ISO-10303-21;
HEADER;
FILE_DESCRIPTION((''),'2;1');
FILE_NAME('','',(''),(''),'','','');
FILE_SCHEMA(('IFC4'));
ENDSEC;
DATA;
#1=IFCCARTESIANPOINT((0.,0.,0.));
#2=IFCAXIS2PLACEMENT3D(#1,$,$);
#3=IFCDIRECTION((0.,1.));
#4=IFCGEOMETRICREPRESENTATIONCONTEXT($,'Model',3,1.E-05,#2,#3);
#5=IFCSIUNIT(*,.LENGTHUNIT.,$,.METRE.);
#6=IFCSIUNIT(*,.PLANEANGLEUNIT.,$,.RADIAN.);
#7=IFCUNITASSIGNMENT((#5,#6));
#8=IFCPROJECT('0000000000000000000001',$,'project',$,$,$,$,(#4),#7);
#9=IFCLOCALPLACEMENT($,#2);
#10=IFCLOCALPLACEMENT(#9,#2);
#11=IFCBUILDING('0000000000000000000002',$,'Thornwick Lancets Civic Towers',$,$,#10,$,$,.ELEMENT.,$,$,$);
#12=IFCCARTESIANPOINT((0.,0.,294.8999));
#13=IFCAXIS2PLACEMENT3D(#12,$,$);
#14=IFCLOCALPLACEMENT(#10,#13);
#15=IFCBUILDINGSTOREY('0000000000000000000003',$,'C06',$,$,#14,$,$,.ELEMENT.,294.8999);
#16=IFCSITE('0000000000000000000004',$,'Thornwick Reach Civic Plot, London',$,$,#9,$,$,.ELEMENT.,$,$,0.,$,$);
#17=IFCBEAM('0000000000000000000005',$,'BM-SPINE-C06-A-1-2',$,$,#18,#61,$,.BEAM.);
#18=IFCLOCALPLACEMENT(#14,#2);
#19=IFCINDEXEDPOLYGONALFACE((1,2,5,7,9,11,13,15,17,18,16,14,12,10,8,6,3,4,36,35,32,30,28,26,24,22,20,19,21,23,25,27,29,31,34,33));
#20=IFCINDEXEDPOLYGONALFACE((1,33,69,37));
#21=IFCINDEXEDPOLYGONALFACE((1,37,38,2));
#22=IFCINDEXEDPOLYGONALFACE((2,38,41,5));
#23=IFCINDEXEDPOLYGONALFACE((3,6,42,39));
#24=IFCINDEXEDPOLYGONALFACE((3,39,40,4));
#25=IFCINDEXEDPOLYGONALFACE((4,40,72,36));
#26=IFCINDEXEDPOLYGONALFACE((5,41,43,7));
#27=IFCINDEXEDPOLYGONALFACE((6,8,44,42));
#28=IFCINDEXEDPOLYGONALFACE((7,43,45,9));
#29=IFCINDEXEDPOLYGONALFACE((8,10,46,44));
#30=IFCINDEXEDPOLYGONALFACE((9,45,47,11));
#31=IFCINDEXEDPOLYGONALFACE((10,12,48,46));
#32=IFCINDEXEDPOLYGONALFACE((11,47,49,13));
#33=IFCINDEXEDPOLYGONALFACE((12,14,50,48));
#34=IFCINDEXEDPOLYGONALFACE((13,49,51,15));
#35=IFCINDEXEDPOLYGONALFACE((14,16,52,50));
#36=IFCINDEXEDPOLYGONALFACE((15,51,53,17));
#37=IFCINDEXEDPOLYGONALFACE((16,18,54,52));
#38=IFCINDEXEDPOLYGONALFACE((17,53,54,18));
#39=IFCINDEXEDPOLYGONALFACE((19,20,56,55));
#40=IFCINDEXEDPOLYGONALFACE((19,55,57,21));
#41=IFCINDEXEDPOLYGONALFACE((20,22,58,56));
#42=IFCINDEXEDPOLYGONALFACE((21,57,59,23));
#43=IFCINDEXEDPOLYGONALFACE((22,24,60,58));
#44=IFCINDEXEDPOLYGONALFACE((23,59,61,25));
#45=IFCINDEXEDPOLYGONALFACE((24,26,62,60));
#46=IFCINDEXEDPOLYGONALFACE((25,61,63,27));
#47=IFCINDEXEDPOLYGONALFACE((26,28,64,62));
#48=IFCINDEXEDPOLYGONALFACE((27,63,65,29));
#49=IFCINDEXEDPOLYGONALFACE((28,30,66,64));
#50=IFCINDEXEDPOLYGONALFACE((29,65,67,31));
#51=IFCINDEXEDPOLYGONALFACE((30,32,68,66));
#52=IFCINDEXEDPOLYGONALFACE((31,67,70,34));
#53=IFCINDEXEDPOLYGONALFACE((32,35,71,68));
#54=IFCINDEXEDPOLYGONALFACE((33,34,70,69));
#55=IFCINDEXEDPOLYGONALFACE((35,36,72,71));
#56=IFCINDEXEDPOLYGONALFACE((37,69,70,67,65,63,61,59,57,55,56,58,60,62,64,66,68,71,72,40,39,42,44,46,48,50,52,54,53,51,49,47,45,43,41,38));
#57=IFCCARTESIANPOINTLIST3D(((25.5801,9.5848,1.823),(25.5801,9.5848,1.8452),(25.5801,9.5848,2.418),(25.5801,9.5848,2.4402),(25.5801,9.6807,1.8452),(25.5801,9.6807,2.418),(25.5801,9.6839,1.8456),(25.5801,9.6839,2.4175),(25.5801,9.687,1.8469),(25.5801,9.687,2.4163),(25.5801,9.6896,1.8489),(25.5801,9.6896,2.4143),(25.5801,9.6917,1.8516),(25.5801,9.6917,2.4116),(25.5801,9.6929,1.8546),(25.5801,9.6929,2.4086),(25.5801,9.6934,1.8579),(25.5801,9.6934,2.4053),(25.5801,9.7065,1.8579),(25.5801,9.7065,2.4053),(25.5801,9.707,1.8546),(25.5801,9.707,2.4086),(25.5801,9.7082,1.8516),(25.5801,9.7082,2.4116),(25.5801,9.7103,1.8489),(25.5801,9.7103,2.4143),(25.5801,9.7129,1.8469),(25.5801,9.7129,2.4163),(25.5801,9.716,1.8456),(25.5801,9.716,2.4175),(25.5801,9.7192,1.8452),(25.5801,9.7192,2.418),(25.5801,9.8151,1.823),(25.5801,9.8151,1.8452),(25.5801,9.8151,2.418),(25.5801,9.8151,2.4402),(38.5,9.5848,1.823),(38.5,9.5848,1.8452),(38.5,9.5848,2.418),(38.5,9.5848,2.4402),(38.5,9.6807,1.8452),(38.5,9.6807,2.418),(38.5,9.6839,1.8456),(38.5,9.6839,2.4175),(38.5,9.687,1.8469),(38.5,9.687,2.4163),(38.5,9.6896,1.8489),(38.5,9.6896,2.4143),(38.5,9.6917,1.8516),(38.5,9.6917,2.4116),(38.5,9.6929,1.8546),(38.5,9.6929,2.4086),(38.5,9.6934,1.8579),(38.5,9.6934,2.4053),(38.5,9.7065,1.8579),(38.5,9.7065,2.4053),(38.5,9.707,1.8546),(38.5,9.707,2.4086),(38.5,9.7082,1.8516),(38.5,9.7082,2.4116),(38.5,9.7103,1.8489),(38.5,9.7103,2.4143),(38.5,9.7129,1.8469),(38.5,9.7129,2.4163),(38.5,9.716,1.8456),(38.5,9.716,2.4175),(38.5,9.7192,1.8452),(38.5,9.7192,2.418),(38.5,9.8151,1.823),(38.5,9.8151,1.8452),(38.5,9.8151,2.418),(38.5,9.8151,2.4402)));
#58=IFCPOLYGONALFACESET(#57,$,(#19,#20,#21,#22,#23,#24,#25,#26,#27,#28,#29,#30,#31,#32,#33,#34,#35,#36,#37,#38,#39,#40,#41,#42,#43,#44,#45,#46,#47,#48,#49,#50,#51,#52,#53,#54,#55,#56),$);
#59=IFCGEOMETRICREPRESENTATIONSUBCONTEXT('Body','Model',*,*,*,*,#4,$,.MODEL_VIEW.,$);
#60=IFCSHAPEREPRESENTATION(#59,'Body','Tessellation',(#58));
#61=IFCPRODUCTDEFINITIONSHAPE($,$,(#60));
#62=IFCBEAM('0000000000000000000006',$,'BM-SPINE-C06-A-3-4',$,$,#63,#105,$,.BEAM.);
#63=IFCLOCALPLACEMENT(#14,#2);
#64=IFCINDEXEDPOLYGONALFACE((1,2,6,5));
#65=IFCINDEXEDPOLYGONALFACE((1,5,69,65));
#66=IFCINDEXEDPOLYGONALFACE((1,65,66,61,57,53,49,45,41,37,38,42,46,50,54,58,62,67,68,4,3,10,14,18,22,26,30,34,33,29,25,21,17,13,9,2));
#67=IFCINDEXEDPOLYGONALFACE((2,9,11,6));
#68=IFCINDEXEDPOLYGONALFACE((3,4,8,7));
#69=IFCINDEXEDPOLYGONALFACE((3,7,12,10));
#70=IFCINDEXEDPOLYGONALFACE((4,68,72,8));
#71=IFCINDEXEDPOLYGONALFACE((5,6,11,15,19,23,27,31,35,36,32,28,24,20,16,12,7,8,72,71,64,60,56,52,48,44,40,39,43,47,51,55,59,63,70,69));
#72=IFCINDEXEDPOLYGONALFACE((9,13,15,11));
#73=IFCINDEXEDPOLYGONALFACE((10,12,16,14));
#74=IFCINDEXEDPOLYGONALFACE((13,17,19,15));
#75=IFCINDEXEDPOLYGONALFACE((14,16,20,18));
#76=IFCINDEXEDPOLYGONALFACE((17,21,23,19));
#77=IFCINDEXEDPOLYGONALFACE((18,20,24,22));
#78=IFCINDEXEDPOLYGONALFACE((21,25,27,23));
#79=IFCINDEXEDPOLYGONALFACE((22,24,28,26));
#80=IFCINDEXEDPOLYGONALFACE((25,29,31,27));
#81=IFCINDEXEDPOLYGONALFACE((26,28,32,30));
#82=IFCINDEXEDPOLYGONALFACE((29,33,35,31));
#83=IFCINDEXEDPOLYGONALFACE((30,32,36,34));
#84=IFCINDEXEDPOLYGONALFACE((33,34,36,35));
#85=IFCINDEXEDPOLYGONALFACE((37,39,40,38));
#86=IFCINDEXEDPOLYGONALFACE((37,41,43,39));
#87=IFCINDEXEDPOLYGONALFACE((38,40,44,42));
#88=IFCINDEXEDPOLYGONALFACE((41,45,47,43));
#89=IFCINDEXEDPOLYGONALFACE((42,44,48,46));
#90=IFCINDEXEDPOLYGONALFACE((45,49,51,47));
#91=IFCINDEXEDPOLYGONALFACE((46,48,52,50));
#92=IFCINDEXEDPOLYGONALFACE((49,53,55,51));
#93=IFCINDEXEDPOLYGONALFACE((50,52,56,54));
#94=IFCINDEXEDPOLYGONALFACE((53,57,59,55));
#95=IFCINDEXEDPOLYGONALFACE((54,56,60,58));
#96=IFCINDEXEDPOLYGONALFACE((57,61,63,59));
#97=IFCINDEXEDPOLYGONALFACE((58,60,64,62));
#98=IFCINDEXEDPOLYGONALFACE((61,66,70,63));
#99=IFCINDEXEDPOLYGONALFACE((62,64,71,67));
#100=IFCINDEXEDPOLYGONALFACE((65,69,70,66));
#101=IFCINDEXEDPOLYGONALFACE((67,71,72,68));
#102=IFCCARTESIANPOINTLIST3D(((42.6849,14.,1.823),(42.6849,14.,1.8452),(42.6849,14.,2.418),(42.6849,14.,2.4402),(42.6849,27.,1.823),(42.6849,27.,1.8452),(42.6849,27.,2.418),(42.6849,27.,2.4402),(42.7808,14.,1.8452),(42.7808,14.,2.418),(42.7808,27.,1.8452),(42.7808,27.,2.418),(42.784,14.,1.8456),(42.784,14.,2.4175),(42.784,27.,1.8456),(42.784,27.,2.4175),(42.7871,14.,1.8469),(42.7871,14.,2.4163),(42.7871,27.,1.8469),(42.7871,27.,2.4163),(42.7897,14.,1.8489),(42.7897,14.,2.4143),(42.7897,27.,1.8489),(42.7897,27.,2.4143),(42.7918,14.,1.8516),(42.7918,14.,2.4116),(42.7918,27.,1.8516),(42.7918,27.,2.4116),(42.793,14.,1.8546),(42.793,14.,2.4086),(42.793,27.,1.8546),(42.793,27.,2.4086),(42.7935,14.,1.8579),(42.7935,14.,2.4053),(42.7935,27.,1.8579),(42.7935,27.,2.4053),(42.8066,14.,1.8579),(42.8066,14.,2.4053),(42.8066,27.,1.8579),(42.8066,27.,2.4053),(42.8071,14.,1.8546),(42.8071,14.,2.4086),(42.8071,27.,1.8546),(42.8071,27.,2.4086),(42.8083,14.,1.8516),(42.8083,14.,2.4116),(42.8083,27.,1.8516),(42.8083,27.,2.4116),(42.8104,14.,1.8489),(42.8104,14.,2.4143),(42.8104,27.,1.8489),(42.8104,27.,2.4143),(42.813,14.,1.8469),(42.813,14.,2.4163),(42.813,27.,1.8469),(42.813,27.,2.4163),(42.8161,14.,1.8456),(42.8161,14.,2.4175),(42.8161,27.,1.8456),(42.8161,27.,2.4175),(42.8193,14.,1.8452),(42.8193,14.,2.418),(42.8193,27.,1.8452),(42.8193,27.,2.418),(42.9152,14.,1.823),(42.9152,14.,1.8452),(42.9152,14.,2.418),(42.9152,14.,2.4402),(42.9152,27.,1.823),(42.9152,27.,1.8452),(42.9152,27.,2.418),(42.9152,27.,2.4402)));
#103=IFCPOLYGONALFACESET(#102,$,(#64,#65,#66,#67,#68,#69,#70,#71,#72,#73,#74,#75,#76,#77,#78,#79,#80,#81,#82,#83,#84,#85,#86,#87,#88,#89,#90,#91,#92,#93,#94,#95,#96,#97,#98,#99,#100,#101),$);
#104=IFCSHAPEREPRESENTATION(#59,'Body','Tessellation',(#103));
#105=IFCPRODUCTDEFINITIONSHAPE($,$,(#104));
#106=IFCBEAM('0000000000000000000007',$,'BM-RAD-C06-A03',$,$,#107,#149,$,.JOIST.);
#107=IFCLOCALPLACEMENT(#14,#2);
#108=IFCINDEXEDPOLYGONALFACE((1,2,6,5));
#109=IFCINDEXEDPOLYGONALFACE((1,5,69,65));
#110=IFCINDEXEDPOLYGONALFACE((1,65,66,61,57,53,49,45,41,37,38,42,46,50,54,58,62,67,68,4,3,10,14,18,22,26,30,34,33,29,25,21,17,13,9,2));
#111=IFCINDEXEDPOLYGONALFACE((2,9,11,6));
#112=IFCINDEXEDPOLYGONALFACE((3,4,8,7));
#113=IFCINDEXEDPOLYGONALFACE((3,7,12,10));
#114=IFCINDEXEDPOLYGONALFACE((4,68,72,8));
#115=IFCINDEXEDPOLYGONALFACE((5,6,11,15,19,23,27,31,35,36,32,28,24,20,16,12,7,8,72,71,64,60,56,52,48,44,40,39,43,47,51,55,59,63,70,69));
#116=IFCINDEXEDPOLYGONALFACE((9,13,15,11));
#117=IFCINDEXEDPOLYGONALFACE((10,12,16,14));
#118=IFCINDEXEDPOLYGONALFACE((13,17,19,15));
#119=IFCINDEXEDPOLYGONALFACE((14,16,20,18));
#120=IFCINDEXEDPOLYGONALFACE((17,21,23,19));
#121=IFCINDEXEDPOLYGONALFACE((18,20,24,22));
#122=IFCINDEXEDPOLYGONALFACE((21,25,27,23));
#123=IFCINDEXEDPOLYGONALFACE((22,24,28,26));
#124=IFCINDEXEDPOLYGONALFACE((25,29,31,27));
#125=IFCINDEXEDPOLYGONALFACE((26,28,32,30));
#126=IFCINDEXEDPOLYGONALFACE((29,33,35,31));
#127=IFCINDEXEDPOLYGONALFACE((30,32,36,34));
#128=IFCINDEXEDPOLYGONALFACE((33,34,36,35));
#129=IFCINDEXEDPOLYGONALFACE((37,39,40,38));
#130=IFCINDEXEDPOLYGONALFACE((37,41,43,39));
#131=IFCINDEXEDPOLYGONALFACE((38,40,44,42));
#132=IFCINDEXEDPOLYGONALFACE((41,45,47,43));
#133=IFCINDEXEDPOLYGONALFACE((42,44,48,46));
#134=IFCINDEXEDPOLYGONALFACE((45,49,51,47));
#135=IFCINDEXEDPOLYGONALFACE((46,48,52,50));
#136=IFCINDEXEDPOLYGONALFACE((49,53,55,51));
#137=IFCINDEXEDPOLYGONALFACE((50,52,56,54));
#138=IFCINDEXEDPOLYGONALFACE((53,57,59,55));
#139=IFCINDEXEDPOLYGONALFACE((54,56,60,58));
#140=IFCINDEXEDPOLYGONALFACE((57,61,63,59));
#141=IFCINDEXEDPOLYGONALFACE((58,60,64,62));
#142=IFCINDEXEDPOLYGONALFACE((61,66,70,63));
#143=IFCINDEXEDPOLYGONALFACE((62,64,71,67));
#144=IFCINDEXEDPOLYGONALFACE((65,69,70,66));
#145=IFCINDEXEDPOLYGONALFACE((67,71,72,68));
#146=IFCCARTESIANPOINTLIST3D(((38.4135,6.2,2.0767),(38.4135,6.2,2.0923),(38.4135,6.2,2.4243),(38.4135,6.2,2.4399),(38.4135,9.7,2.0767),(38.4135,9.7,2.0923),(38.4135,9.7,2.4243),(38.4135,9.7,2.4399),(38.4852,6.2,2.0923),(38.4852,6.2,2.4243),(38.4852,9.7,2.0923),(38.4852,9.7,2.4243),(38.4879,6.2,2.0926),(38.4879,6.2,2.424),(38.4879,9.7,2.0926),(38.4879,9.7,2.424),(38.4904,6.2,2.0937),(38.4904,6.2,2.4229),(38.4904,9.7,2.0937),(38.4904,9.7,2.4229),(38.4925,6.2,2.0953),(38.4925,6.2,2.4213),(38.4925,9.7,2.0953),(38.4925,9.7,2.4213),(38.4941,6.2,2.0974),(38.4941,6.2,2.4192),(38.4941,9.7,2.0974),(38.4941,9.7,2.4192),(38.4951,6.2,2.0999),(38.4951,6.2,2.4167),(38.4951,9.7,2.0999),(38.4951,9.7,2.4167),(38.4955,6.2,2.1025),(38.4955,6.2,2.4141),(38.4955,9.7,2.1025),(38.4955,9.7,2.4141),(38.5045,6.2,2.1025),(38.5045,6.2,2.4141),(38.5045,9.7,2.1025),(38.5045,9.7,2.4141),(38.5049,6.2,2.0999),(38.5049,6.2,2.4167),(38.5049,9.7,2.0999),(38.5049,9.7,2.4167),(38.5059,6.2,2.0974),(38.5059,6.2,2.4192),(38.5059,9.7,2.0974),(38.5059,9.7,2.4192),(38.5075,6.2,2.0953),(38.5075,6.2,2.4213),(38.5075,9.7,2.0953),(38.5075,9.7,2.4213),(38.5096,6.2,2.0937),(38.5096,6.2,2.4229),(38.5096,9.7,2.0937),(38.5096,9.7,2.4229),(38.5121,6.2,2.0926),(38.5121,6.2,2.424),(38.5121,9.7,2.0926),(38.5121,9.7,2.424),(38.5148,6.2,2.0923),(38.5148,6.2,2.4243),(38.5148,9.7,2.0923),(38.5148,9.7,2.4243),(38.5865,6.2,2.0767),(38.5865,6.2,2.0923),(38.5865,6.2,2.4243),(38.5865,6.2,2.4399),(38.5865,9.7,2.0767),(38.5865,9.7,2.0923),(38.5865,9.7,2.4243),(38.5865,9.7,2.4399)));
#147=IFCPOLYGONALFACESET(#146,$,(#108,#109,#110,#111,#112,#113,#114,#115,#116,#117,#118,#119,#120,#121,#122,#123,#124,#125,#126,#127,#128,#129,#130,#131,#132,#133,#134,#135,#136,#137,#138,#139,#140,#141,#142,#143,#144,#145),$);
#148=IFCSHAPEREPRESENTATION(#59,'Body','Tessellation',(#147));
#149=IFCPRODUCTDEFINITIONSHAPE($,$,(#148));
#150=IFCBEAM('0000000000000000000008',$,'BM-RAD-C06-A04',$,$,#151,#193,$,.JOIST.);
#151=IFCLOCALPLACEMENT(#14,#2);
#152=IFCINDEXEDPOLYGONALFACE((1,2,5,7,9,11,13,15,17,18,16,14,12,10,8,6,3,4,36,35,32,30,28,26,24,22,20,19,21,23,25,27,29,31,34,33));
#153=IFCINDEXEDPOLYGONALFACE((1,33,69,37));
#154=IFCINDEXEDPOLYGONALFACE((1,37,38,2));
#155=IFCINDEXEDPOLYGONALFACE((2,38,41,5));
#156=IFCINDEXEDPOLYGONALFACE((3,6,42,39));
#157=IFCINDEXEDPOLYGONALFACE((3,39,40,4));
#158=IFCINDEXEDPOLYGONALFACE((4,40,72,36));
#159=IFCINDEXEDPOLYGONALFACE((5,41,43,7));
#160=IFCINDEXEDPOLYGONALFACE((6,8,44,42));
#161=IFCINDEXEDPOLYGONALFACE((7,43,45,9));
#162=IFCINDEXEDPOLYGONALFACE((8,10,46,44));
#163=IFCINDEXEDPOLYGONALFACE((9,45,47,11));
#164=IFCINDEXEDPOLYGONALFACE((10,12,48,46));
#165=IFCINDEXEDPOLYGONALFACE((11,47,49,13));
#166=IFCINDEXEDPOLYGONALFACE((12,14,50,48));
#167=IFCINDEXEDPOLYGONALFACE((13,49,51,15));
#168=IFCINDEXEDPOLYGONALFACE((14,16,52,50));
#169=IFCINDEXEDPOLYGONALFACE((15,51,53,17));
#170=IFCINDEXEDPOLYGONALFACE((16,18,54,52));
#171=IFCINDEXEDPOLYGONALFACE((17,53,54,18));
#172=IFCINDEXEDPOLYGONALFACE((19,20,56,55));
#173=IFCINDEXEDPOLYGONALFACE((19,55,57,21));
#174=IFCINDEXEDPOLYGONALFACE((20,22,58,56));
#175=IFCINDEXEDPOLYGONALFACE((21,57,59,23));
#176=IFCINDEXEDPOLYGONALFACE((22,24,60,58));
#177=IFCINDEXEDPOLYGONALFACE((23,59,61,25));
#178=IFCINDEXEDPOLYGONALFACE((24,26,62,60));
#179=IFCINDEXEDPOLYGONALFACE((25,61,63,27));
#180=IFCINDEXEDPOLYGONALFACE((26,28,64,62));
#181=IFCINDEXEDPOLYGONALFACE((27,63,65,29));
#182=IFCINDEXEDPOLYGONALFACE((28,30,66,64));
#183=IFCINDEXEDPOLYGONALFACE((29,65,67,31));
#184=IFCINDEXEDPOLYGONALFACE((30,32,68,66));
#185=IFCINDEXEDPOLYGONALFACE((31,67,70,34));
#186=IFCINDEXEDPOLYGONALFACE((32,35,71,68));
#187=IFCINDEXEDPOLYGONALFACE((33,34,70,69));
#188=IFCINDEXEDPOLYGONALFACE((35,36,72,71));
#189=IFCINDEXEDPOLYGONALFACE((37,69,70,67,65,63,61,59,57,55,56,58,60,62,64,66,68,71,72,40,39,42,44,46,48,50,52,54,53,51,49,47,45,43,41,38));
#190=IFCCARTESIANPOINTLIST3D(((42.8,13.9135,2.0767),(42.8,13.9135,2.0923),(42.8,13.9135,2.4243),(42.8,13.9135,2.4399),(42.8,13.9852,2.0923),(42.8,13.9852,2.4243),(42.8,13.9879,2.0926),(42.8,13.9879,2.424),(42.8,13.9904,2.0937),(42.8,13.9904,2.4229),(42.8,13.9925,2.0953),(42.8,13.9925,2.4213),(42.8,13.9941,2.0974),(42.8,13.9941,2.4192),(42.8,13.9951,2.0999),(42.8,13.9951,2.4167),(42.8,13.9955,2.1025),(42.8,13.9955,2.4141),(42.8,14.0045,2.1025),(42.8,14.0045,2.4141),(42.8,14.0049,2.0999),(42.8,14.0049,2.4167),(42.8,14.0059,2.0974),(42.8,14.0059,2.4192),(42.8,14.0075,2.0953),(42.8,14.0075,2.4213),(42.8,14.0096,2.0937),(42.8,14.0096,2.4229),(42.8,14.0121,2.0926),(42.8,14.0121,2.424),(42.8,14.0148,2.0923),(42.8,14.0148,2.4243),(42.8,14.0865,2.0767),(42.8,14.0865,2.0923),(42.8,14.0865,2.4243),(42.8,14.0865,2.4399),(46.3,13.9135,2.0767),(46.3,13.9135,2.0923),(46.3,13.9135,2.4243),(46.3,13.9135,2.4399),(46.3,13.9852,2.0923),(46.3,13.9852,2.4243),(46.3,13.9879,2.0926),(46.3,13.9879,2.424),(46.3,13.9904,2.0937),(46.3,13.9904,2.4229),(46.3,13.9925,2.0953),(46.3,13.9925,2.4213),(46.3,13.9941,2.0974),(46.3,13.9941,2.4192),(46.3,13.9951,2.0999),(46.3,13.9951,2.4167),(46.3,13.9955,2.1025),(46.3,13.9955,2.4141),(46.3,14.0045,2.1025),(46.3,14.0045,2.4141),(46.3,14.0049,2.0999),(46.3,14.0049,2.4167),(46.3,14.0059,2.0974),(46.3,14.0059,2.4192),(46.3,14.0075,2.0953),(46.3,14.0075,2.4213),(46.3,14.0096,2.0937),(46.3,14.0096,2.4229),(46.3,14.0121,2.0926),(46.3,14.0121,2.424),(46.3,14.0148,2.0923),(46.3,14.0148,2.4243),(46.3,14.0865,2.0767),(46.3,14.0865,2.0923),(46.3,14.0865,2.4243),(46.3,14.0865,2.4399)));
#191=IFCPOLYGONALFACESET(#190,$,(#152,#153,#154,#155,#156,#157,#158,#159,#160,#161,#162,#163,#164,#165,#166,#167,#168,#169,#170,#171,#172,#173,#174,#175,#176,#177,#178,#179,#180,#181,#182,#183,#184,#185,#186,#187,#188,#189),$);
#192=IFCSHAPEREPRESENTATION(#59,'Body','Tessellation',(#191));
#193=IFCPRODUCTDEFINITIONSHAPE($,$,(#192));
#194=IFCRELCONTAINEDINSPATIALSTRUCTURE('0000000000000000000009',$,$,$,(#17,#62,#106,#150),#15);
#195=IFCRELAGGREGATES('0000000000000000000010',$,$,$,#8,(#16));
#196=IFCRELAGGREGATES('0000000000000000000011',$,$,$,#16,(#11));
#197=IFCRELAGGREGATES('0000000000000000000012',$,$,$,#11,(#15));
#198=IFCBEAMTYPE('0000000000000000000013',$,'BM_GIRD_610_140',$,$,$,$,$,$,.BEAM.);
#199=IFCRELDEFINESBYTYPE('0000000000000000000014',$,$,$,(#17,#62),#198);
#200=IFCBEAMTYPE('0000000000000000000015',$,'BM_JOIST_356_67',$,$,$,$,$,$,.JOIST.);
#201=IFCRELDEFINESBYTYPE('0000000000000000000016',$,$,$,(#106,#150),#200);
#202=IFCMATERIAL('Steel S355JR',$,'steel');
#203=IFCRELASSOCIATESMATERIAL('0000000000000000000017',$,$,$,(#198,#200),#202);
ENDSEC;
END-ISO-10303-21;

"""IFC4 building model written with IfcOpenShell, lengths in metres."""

from ifc_helpers import new_model, si_unit, direction, frame, origin, origin_2d, place, context, subcontext, project, spatial, i_section, extrude, material, material_profile, profile_set, type_object, element, save


model = new_model("IFC4")

# Units and contexts
model_context = context("Model", 3, precision=1e-05, world=origin(), true_north=direction((0.0, 1.0)))
body_context = subcontext(model_context, "Body", "Model", "MODEL_VIEW")
ifc_project = project(units=[si_unit("LENGTHUNIT", "METRE"), si_unit("PLANEANGLEUNIT", "RADIAN")], contexts=[model_context])

# Site, building, storey
site_placement = place(None, origin())
site = spatial("IfcSite", under=ifc_project, at=site_placement, Name="Thornwick Reach Civic Plot, London", CompositionType="ELEMENT", RefElevation=0.0)
building_placement = place(site_placement, origin())
building = spatial("IfcBuilding", under=site, at=building_placement, Name="Thornwick Lancets Civic Towers", CompositionType="ELEMENT")
storey_placement = place(building_placement, frame((0.0, 0.0, 294.8999)))
storey = spatial("IfcBuildingStorey", under=building, at=storey_placement, Name="C06", CompositionType="ELEMENT", Elevation=294.8999)

# Shared definitions
ifc_material_1 = material(Name="Steel S355JR", Category="steel")

# Beams
ifc_material_profile_1 = material_profile(ifc_material_1, i_section(OverallWidth=0.2302, OverallDepth=0.6172, WebThickness=0.0132, FlangeThickness=0.0222, FilletRadius=0.0127, at=origin_2d()), Name="UKB 610x229x140")
ifc_profile_set_1 = profile_set([ifc_material_profile_1], Name="Steel S355JR")
beam_type_1 = type_object("IfcBeamType", Name="BM_GIRD_610_140", PredefinedType="BEAM", material=ifc_profile_set_1)
beam_1_placement = place(storey_placement, frame((25.5801, 9.7, 2.1316), z_axis=(1.0, 0.0, 0.0), x_axis=(0.0, 1.0, 0.0)))
element("IfcBeam", 1, at=beam_1_placement, inside=storey, type_object=beam_type_1, Name="BM-SPINE-C06-A-1-2", PredefinedType="BEAM", context=body_context, shape_type="SweptSolid", body=[
    extrude(i_section(OverallWidth=0.2302, OverallDepth=0.6172, WebThickness=0.0132, FlangeThickness=0.0222, FilletRadius=0.0127, at=origin_2d()), origin(), (0.0, 0.0, 1.0), 12.9199),
])
beam_2_placement = place(storey_placement, frame((42.8, 14.0, 2.1316), z_axis=(0.0, 1.0, 0.0), x_axis=(-1.0, 0.0, 0.0)))
element("IfcBeam", 2, at=beam_2_placement, inside=storey, type_object=beam_type_1, Name="BM-SPINE-C06-A-3-4", PredefinedType="BEAM", context=body_context, shape_type="SweptSolid", body=[
    extrude(i_section(OverallWidth=0.2302, OverallDepth=0.6172, WebThickness=0.0132, FlangeThickness=0.0222, FilletRadius=0.0127, at=origin_2d()), origin(), (0.0, 0.0, 1.0), 13.0),
])
ifc_material_profile_2 = material_profile(ifc_material_1, i_section(OverallWidth=0.1731, OverallDepth=0.3633, WebThickness=0.009, FlangeThickness=0.0156, FilletRadius=0.0103, at=origin_2d()), Name="UKB 356x171x67")
ifc_profile_set_2 = profile_set([ifc_material_profile_2], Name="Steel S355JR")
beam_type_2 = type_object("IfcBeamType", Name="BM_JOIST_356_67", PredefinedType="JOIST", material=ifc_profile_set_2)
for number, where, z_axis, x_axis, name in (
    (3, (38.5, 9.7, 2.2583), (0.0, -1.0, 0.0), (1.0, 0.0, 0.0), "BM-RAD-C06-A03"),
    (4, (42.8, 14.0, 2.2583), (1.0, 0.0, 0.0), (0.0, 1.0, 0.0), "BM-RAD-C06-A04"),
):
    element("IfcBeam", number, at=place(storey_placement, frame(where, z_axis=z_axis, x_axis=x_axis)), inside=storey, type_object=beam_type_2, Name=name, PredefinedType="JOIST", context=body_context, shape_type="SweptSolid", body=[
        extrude(i_section(OverallWidth=0.1731, OverallDepth=0.3633, WebThickness=0.009, FlangeThickness=0.0156, FilletRadius=0.0103, at=origin_2d()), origin(), (0.0, 0.0, 1.0), 3.5),
    ])

save(model, "model.ifc")
